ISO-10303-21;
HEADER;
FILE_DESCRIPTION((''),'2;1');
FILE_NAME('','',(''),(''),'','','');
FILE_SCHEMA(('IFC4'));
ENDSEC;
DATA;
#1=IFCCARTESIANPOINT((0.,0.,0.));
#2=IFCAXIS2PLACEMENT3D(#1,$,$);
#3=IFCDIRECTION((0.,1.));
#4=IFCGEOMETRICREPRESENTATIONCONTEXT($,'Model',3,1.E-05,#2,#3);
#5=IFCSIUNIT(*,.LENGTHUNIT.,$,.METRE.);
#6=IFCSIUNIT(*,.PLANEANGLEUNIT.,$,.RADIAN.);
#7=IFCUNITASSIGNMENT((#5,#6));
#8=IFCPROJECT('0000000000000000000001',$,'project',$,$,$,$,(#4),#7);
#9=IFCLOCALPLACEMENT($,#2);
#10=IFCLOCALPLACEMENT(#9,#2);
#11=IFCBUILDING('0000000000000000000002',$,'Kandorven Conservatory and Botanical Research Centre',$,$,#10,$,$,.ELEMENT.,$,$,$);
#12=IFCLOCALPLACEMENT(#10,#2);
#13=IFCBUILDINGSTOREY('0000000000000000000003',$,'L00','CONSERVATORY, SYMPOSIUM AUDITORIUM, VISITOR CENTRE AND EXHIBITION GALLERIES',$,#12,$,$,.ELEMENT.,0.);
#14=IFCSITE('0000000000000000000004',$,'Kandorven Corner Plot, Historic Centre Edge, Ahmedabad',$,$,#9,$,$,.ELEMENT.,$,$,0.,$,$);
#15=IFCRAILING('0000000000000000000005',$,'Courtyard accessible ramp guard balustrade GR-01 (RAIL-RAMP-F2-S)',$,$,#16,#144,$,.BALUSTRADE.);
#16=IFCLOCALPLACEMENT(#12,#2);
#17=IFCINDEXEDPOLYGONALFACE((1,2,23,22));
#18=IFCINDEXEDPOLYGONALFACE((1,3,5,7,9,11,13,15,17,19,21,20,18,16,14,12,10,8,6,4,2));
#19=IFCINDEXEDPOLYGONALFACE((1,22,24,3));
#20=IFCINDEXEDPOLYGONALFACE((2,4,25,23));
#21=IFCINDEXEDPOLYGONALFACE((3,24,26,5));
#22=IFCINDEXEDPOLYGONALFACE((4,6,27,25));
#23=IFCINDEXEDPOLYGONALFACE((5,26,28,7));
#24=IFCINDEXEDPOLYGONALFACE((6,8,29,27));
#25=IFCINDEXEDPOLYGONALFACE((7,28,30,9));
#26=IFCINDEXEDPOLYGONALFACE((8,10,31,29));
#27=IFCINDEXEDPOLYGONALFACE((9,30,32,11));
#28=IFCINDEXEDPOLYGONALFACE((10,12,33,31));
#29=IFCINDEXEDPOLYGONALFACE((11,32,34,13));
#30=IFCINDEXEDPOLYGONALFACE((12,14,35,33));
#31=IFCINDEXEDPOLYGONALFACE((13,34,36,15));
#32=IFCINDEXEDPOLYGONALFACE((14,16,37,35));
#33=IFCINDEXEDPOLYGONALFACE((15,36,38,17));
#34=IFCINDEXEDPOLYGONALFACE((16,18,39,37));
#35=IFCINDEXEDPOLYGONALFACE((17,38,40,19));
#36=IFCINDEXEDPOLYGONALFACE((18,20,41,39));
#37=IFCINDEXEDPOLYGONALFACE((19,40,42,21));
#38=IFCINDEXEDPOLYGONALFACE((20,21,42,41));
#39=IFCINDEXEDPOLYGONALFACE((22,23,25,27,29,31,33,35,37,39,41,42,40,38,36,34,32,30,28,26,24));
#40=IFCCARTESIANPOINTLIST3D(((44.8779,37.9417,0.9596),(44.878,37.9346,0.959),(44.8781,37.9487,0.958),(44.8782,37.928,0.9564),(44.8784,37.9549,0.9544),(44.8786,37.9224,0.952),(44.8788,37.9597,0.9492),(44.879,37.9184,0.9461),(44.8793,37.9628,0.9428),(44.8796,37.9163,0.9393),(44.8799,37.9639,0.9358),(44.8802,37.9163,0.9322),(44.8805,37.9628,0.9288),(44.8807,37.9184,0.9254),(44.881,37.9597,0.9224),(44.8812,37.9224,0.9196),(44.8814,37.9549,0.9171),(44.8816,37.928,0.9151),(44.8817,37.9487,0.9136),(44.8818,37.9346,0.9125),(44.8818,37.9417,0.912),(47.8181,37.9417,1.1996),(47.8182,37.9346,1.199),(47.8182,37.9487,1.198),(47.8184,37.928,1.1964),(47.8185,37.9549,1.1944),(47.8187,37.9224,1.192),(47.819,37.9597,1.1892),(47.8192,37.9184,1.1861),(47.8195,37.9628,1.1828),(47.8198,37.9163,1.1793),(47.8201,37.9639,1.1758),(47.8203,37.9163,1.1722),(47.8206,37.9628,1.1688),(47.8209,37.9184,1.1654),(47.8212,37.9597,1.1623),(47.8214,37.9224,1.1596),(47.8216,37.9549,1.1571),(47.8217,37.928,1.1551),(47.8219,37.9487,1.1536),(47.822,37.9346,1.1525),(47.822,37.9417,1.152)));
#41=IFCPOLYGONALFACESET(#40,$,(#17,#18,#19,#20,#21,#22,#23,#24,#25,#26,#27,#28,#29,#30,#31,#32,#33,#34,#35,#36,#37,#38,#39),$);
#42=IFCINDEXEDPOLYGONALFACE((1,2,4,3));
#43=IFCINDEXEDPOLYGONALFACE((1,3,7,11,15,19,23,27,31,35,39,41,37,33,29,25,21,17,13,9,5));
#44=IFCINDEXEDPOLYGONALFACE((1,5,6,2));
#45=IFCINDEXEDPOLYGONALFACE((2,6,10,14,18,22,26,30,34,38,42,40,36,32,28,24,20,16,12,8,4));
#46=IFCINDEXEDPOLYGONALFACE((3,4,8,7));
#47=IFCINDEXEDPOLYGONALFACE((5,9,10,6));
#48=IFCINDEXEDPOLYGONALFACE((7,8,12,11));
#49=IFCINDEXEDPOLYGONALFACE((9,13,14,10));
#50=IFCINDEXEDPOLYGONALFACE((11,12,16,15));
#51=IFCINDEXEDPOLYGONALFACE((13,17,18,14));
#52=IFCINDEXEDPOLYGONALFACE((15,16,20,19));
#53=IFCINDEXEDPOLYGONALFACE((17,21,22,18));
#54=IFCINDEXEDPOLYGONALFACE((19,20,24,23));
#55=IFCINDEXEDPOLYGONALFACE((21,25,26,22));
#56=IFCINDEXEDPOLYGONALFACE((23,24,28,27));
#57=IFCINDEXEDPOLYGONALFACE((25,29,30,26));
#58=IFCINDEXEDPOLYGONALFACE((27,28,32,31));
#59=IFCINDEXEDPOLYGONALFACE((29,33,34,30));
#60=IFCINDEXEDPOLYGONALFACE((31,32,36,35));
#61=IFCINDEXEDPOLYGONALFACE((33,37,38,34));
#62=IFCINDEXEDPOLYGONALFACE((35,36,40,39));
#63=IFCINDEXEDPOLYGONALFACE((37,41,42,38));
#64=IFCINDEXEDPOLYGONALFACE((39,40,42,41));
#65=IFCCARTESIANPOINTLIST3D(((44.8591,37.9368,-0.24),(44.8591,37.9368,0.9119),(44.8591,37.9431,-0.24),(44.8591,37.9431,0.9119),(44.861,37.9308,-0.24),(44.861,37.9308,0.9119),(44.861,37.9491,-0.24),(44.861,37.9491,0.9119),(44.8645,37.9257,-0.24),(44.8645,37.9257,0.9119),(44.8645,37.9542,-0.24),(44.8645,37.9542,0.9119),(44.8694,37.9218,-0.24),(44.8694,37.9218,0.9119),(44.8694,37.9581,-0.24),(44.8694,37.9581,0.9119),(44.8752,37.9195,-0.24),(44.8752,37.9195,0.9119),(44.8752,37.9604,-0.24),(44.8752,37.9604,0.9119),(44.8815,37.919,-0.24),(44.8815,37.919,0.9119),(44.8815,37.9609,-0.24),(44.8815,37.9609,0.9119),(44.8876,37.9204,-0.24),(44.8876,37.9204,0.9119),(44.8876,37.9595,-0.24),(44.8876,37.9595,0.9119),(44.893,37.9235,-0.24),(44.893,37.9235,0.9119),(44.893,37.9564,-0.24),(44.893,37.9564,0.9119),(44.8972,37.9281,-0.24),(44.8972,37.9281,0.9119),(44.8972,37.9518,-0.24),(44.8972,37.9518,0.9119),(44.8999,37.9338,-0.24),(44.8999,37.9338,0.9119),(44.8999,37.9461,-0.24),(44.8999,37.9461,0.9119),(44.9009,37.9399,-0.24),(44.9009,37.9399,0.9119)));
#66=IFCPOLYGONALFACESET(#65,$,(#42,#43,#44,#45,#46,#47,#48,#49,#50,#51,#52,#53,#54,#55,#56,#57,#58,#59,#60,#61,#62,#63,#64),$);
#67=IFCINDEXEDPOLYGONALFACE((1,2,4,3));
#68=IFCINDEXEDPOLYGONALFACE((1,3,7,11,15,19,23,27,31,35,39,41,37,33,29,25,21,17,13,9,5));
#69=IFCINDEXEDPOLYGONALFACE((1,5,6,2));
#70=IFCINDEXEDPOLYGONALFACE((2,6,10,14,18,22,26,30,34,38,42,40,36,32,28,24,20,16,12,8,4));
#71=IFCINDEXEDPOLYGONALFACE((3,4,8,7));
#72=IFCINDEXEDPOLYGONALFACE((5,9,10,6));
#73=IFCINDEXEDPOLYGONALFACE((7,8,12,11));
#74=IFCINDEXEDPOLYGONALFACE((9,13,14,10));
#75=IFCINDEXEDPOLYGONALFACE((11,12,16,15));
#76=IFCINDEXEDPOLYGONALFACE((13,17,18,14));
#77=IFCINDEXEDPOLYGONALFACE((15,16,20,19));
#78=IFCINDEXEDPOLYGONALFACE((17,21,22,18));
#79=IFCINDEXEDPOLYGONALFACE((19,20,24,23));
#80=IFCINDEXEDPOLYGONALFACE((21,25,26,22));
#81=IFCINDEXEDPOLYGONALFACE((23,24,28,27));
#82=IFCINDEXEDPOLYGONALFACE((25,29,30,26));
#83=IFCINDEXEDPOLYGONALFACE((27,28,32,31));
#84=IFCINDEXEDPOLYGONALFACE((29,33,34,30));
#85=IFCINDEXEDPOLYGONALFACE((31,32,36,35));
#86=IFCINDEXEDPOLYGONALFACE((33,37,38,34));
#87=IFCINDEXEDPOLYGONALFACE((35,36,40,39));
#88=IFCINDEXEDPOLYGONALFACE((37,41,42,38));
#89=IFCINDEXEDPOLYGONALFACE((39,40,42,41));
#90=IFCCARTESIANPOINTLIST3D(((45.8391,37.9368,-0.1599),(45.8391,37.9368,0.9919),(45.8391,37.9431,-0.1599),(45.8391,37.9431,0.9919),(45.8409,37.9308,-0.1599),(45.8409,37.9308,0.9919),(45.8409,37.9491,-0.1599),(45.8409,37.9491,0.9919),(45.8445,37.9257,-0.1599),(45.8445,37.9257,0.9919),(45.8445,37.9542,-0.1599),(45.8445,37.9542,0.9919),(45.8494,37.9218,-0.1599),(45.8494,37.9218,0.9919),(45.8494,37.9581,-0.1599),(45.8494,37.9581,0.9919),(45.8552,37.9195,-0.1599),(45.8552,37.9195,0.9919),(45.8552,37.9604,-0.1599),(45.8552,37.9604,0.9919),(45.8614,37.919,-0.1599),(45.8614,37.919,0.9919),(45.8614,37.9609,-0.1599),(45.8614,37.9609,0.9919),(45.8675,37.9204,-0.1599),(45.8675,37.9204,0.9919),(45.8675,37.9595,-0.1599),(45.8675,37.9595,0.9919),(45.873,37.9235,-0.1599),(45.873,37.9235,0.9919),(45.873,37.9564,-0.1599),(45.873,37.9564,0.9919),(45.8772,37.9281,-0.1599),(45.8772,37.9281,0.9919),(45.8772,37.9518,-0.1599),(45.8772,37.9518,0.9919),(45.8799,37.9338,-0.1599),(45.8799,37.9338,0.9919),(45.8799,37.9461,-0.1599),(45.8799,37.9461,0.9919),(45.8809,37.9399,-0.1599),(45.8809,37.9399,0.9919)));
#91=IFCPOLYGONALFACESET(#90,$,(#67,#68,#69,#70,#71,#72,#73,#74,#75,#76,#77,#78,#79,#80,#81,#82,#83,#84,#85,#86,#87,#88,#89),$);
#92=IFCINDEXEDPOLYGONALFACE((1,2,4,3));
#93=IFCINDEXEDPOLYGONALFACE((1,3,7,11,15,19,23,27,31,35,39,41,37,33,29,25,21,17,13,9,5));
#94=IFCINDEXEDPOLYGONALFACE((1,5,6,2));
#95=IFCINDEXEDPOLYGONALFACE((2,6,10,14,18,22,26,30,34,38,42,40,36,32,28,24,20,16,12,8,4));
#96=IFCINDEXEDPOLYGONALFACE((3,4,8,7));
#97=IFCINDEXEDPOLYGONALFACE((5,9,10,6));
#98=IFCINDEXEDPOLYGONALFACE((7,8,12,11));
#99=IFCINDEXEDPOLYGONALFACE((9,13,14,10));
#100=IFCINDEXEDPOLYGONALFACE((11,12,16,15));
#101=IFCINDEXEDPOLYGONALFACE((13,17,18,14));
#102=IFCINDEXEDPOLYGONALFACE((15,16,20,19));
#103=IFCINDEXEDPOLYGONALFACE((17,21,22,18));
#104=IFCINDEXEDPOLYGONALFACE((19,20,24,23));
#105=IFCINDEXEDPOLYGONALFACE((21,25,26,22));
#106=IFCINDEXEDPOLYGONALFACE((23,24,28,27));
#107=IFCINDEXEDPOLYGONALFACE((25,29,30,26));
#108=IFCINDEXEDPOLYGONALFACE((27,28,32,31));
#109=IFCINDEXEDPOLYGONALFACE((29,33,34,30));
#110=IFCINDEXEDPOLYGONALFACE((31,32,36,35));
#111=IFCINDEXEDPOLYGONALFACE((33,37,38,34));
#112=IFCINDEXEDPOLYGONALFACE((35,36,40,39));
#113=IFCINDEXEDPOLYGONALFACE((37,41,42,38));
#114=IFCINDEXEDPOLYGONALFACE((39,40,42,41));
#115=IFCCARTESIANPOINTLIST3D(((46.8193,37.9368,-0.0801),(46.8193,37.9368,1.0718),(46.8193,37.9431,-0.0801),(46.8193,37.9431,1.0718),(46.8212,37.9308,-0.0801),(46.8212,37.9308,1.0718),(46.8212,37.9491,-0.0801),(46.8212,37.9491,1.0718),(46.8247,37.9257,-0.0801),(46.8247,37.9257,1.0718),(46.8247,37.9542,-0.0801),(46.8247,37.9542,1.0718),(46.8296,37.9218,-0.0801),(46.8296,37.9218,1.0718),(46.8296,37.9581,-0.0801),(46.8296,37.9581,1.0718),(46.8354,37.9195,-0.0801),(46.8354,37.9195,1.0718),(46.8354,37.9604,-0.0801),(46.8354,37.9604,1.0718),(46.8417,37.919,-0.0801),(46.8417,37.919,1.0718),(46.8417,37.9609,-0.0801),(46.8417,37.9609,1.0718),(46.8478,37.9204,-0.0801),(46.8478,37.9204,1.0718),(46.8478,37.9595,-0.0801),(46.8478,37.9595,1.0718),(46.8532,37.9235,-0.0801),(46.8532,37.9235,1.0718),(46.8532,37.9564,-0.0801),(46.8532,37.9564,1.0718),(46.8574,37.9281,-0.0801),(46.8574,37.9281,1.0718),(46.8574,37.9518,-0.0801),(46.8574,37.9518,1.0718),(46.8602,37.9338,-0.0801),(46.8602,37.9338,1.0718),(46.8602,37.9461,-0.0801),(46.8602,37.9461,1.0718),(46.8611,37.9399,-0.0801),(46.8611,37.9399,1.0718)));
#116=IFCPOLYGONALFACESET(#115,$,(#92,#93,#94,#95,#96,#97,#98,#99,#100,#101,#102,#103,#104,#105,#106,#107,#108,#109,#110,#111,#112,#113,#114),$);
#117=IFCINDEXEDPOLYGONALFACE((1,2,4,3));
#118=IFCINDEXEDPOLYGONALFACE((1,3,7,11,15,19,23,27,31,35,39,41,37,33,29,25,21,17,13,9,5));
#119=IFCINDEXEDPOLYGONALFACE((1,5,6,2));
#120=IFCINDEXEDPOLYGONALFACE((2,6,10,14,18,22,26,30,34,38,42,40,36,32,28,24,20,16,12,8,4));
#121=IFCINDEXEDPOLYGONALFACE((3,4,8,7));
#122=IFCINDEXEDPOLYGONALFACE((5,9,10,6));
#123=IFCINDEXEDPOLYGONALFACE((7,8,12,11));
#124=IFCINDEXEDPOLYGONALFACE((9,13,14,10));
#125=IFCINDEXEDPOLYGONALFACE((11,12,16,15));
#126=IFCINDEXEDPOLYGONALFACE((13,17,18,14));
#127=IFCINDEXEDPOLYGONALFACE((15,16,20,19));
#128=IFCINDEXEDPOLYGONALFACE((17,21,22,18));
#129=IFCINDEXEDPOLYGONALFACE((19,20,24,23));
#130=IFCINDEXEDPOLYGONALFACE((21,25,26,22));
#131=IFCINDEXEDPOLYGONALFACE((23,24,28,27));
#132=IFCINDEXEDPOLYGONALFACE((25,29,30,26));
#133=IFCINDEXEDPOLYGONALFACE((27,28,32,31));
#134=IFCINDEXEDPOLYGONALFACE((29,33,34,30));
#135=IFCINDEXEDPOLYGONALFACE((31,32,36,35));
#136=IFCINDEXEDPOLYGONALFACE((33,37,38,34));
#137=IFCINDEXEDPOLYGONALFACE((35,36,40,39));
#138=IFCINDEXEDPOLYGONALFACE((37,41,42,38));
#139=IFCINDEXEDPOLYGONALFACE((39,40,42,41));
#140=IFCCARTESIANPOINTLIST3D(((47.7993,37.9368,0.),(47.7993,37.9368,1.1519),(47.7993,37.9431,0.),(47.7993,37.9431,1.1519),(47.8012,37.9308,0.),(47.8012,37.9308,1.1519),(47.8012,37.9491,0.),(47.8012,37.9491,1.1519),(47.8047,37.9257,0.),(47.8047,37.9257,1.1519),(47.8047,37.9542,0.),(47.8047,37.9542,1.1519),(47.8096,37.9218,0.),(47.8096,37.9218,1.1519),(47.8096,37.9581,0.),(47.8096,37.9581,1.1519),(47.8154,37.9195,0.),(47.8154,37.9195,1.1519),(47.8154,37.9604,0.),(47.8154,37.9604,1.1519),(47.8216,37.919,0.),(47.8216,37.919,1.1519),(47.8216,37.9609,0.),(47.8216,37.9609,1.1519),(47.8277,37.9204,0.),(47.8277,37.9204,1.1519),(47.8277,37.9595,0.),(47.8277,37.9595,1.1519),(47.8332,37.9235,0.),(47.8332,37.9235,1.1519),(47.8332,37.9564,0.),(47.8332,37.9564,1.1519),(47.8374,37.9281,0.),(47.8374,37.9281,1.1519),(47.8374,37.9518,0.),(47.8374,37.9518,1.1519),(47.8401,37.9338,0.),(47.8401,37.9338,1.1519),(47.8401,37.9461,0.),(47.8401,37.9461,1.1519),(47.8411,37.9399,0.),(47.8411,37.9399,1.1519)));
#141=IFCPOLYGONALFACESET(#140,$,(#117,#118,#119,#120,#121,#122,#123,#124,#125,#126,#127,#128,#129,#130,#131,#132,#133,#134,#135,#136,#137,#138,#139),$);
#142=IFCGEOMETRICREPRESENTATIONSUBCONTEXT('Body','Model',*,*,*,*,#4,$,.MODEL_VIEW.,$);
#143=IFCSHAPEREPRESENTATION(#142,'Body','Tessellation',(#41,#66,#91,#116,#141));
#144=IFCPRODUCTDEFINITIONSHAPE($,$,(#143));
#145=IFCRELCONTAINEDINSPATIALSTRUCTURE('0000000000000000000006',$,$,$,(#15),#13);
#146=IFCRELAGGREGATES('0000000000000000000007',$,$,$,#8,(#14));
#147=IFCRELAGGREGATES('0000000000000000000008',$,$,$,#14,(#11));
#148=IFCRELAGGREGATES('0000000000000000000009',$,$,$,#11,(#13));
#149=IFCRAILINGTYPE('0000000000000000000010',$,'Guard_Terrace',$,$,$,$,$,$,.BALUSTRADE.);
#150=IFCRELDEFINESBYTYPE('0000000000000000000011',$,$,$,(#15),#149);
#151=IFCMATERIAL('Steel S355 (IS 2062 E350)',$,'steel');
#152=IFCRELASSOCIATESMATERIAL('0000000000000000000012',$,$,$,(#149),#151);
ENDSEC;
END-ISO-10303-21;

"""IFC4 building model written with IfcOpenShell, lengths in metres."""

from ifc_helpers import new_model, si_unit, direction, frame, origin, origin_2d, place, context, subcontext, project, spatial, circle, extrude, material, type_object, element, save


model = new_model("IFC4")

# Units and contexts
model_context = context("Model", 3, precision=1e-05, world=origin(), true_north=direction((0.0, 1.0)))
body_context = subcontext(model_context, "Body", "Model", "MODEL_VIEW")
ifc_project = project(units=[si_unit("LENGTHUNIT", "METRE"), si_unit("PLANEANGLEUNIT", "RADIAN")], contexts=[model_context])

# Site, building, storey
site_placement = place(None, origin())
site = spatial("IfcSite", under=ifc_project, at=site_placement, Name="Kandorven Corner Plot, Historic Centre Edge, Ahmedabad", CompositionType="ELEMENT", RefElevation=0.0)
building_placement = place(site_placement, origin())
building = spatial("IfcBuilding", under=site, at=building_placement, Name="Kandorven Conservatory and Botanical Research Centre", CompositionType="ELEMENT")
storey_placement = place(building_placement, origin())
storey = spatial("IfcBuildingStorey", under=building, at=storey_placement, Name="L00", Description="CONSERVATORY, SYMPOSIUM AUDITORIUM, VISITOR CENTRE AND EXHIBITION GALLERIES", CompositionType="ELEMENT", Elevation=0.0)

# Railing
ifc_material_1 = material(Name="Steel S355 (IS 2062 E350)", Category="steel")
railing_type_1 = type_object("IfcRailingType", Name="Guard_Terrace", PredefinedType="BALUSTRADE", material=ifc_material_1)
for number, where, name in (
    (1, (44.8799, 37.9399, -0.24), "Courtyard accessible ramp guard balustrade GR-01 (RAIL-RAMP-F2-S)"),
):
    element("IfcRailing", number, at=place(storey_placement, frame(where)), inside=storey, type_object=railing_type_1, Name=name, PredefinedType="BALUSTRADE", context=body_context, shape_type="SweptSolid", body=[
        extrude(circle(Radius=0.0239, at=origin_2d()), frame((0.0, 0.0, 1.1758), z_axis=(0.996685, 0.0, 0.081354), x_axis=(0.0, 1.0, 0.0)), (0.0, 0.0, 1.0), 2.95),
        extrude(circle(Radius=0.021, at=origin_2d()), origin(), (0.0, 0.0, 1.0), 1.1519),
        extrude(circle(Radius=0.021, at=origin_2d()), frame((0.98, 0.0, 0.0801)), (0.0, 0.0, 1.0), 1.1519),
        extrude(circle(Radius=0.021, at=origin_2d()), frame((1.9602, 0.0, 0.1599)), (0.0, 0.0, 1.0), 1.1519),
        extrude(circle(Radius=0.021, at=origin_2d()), frame((2.9402, 0.0, 0.24)), (0.0, 0.0, 1.0), 1.1519),
    ])

save(model, "model.ifc")
